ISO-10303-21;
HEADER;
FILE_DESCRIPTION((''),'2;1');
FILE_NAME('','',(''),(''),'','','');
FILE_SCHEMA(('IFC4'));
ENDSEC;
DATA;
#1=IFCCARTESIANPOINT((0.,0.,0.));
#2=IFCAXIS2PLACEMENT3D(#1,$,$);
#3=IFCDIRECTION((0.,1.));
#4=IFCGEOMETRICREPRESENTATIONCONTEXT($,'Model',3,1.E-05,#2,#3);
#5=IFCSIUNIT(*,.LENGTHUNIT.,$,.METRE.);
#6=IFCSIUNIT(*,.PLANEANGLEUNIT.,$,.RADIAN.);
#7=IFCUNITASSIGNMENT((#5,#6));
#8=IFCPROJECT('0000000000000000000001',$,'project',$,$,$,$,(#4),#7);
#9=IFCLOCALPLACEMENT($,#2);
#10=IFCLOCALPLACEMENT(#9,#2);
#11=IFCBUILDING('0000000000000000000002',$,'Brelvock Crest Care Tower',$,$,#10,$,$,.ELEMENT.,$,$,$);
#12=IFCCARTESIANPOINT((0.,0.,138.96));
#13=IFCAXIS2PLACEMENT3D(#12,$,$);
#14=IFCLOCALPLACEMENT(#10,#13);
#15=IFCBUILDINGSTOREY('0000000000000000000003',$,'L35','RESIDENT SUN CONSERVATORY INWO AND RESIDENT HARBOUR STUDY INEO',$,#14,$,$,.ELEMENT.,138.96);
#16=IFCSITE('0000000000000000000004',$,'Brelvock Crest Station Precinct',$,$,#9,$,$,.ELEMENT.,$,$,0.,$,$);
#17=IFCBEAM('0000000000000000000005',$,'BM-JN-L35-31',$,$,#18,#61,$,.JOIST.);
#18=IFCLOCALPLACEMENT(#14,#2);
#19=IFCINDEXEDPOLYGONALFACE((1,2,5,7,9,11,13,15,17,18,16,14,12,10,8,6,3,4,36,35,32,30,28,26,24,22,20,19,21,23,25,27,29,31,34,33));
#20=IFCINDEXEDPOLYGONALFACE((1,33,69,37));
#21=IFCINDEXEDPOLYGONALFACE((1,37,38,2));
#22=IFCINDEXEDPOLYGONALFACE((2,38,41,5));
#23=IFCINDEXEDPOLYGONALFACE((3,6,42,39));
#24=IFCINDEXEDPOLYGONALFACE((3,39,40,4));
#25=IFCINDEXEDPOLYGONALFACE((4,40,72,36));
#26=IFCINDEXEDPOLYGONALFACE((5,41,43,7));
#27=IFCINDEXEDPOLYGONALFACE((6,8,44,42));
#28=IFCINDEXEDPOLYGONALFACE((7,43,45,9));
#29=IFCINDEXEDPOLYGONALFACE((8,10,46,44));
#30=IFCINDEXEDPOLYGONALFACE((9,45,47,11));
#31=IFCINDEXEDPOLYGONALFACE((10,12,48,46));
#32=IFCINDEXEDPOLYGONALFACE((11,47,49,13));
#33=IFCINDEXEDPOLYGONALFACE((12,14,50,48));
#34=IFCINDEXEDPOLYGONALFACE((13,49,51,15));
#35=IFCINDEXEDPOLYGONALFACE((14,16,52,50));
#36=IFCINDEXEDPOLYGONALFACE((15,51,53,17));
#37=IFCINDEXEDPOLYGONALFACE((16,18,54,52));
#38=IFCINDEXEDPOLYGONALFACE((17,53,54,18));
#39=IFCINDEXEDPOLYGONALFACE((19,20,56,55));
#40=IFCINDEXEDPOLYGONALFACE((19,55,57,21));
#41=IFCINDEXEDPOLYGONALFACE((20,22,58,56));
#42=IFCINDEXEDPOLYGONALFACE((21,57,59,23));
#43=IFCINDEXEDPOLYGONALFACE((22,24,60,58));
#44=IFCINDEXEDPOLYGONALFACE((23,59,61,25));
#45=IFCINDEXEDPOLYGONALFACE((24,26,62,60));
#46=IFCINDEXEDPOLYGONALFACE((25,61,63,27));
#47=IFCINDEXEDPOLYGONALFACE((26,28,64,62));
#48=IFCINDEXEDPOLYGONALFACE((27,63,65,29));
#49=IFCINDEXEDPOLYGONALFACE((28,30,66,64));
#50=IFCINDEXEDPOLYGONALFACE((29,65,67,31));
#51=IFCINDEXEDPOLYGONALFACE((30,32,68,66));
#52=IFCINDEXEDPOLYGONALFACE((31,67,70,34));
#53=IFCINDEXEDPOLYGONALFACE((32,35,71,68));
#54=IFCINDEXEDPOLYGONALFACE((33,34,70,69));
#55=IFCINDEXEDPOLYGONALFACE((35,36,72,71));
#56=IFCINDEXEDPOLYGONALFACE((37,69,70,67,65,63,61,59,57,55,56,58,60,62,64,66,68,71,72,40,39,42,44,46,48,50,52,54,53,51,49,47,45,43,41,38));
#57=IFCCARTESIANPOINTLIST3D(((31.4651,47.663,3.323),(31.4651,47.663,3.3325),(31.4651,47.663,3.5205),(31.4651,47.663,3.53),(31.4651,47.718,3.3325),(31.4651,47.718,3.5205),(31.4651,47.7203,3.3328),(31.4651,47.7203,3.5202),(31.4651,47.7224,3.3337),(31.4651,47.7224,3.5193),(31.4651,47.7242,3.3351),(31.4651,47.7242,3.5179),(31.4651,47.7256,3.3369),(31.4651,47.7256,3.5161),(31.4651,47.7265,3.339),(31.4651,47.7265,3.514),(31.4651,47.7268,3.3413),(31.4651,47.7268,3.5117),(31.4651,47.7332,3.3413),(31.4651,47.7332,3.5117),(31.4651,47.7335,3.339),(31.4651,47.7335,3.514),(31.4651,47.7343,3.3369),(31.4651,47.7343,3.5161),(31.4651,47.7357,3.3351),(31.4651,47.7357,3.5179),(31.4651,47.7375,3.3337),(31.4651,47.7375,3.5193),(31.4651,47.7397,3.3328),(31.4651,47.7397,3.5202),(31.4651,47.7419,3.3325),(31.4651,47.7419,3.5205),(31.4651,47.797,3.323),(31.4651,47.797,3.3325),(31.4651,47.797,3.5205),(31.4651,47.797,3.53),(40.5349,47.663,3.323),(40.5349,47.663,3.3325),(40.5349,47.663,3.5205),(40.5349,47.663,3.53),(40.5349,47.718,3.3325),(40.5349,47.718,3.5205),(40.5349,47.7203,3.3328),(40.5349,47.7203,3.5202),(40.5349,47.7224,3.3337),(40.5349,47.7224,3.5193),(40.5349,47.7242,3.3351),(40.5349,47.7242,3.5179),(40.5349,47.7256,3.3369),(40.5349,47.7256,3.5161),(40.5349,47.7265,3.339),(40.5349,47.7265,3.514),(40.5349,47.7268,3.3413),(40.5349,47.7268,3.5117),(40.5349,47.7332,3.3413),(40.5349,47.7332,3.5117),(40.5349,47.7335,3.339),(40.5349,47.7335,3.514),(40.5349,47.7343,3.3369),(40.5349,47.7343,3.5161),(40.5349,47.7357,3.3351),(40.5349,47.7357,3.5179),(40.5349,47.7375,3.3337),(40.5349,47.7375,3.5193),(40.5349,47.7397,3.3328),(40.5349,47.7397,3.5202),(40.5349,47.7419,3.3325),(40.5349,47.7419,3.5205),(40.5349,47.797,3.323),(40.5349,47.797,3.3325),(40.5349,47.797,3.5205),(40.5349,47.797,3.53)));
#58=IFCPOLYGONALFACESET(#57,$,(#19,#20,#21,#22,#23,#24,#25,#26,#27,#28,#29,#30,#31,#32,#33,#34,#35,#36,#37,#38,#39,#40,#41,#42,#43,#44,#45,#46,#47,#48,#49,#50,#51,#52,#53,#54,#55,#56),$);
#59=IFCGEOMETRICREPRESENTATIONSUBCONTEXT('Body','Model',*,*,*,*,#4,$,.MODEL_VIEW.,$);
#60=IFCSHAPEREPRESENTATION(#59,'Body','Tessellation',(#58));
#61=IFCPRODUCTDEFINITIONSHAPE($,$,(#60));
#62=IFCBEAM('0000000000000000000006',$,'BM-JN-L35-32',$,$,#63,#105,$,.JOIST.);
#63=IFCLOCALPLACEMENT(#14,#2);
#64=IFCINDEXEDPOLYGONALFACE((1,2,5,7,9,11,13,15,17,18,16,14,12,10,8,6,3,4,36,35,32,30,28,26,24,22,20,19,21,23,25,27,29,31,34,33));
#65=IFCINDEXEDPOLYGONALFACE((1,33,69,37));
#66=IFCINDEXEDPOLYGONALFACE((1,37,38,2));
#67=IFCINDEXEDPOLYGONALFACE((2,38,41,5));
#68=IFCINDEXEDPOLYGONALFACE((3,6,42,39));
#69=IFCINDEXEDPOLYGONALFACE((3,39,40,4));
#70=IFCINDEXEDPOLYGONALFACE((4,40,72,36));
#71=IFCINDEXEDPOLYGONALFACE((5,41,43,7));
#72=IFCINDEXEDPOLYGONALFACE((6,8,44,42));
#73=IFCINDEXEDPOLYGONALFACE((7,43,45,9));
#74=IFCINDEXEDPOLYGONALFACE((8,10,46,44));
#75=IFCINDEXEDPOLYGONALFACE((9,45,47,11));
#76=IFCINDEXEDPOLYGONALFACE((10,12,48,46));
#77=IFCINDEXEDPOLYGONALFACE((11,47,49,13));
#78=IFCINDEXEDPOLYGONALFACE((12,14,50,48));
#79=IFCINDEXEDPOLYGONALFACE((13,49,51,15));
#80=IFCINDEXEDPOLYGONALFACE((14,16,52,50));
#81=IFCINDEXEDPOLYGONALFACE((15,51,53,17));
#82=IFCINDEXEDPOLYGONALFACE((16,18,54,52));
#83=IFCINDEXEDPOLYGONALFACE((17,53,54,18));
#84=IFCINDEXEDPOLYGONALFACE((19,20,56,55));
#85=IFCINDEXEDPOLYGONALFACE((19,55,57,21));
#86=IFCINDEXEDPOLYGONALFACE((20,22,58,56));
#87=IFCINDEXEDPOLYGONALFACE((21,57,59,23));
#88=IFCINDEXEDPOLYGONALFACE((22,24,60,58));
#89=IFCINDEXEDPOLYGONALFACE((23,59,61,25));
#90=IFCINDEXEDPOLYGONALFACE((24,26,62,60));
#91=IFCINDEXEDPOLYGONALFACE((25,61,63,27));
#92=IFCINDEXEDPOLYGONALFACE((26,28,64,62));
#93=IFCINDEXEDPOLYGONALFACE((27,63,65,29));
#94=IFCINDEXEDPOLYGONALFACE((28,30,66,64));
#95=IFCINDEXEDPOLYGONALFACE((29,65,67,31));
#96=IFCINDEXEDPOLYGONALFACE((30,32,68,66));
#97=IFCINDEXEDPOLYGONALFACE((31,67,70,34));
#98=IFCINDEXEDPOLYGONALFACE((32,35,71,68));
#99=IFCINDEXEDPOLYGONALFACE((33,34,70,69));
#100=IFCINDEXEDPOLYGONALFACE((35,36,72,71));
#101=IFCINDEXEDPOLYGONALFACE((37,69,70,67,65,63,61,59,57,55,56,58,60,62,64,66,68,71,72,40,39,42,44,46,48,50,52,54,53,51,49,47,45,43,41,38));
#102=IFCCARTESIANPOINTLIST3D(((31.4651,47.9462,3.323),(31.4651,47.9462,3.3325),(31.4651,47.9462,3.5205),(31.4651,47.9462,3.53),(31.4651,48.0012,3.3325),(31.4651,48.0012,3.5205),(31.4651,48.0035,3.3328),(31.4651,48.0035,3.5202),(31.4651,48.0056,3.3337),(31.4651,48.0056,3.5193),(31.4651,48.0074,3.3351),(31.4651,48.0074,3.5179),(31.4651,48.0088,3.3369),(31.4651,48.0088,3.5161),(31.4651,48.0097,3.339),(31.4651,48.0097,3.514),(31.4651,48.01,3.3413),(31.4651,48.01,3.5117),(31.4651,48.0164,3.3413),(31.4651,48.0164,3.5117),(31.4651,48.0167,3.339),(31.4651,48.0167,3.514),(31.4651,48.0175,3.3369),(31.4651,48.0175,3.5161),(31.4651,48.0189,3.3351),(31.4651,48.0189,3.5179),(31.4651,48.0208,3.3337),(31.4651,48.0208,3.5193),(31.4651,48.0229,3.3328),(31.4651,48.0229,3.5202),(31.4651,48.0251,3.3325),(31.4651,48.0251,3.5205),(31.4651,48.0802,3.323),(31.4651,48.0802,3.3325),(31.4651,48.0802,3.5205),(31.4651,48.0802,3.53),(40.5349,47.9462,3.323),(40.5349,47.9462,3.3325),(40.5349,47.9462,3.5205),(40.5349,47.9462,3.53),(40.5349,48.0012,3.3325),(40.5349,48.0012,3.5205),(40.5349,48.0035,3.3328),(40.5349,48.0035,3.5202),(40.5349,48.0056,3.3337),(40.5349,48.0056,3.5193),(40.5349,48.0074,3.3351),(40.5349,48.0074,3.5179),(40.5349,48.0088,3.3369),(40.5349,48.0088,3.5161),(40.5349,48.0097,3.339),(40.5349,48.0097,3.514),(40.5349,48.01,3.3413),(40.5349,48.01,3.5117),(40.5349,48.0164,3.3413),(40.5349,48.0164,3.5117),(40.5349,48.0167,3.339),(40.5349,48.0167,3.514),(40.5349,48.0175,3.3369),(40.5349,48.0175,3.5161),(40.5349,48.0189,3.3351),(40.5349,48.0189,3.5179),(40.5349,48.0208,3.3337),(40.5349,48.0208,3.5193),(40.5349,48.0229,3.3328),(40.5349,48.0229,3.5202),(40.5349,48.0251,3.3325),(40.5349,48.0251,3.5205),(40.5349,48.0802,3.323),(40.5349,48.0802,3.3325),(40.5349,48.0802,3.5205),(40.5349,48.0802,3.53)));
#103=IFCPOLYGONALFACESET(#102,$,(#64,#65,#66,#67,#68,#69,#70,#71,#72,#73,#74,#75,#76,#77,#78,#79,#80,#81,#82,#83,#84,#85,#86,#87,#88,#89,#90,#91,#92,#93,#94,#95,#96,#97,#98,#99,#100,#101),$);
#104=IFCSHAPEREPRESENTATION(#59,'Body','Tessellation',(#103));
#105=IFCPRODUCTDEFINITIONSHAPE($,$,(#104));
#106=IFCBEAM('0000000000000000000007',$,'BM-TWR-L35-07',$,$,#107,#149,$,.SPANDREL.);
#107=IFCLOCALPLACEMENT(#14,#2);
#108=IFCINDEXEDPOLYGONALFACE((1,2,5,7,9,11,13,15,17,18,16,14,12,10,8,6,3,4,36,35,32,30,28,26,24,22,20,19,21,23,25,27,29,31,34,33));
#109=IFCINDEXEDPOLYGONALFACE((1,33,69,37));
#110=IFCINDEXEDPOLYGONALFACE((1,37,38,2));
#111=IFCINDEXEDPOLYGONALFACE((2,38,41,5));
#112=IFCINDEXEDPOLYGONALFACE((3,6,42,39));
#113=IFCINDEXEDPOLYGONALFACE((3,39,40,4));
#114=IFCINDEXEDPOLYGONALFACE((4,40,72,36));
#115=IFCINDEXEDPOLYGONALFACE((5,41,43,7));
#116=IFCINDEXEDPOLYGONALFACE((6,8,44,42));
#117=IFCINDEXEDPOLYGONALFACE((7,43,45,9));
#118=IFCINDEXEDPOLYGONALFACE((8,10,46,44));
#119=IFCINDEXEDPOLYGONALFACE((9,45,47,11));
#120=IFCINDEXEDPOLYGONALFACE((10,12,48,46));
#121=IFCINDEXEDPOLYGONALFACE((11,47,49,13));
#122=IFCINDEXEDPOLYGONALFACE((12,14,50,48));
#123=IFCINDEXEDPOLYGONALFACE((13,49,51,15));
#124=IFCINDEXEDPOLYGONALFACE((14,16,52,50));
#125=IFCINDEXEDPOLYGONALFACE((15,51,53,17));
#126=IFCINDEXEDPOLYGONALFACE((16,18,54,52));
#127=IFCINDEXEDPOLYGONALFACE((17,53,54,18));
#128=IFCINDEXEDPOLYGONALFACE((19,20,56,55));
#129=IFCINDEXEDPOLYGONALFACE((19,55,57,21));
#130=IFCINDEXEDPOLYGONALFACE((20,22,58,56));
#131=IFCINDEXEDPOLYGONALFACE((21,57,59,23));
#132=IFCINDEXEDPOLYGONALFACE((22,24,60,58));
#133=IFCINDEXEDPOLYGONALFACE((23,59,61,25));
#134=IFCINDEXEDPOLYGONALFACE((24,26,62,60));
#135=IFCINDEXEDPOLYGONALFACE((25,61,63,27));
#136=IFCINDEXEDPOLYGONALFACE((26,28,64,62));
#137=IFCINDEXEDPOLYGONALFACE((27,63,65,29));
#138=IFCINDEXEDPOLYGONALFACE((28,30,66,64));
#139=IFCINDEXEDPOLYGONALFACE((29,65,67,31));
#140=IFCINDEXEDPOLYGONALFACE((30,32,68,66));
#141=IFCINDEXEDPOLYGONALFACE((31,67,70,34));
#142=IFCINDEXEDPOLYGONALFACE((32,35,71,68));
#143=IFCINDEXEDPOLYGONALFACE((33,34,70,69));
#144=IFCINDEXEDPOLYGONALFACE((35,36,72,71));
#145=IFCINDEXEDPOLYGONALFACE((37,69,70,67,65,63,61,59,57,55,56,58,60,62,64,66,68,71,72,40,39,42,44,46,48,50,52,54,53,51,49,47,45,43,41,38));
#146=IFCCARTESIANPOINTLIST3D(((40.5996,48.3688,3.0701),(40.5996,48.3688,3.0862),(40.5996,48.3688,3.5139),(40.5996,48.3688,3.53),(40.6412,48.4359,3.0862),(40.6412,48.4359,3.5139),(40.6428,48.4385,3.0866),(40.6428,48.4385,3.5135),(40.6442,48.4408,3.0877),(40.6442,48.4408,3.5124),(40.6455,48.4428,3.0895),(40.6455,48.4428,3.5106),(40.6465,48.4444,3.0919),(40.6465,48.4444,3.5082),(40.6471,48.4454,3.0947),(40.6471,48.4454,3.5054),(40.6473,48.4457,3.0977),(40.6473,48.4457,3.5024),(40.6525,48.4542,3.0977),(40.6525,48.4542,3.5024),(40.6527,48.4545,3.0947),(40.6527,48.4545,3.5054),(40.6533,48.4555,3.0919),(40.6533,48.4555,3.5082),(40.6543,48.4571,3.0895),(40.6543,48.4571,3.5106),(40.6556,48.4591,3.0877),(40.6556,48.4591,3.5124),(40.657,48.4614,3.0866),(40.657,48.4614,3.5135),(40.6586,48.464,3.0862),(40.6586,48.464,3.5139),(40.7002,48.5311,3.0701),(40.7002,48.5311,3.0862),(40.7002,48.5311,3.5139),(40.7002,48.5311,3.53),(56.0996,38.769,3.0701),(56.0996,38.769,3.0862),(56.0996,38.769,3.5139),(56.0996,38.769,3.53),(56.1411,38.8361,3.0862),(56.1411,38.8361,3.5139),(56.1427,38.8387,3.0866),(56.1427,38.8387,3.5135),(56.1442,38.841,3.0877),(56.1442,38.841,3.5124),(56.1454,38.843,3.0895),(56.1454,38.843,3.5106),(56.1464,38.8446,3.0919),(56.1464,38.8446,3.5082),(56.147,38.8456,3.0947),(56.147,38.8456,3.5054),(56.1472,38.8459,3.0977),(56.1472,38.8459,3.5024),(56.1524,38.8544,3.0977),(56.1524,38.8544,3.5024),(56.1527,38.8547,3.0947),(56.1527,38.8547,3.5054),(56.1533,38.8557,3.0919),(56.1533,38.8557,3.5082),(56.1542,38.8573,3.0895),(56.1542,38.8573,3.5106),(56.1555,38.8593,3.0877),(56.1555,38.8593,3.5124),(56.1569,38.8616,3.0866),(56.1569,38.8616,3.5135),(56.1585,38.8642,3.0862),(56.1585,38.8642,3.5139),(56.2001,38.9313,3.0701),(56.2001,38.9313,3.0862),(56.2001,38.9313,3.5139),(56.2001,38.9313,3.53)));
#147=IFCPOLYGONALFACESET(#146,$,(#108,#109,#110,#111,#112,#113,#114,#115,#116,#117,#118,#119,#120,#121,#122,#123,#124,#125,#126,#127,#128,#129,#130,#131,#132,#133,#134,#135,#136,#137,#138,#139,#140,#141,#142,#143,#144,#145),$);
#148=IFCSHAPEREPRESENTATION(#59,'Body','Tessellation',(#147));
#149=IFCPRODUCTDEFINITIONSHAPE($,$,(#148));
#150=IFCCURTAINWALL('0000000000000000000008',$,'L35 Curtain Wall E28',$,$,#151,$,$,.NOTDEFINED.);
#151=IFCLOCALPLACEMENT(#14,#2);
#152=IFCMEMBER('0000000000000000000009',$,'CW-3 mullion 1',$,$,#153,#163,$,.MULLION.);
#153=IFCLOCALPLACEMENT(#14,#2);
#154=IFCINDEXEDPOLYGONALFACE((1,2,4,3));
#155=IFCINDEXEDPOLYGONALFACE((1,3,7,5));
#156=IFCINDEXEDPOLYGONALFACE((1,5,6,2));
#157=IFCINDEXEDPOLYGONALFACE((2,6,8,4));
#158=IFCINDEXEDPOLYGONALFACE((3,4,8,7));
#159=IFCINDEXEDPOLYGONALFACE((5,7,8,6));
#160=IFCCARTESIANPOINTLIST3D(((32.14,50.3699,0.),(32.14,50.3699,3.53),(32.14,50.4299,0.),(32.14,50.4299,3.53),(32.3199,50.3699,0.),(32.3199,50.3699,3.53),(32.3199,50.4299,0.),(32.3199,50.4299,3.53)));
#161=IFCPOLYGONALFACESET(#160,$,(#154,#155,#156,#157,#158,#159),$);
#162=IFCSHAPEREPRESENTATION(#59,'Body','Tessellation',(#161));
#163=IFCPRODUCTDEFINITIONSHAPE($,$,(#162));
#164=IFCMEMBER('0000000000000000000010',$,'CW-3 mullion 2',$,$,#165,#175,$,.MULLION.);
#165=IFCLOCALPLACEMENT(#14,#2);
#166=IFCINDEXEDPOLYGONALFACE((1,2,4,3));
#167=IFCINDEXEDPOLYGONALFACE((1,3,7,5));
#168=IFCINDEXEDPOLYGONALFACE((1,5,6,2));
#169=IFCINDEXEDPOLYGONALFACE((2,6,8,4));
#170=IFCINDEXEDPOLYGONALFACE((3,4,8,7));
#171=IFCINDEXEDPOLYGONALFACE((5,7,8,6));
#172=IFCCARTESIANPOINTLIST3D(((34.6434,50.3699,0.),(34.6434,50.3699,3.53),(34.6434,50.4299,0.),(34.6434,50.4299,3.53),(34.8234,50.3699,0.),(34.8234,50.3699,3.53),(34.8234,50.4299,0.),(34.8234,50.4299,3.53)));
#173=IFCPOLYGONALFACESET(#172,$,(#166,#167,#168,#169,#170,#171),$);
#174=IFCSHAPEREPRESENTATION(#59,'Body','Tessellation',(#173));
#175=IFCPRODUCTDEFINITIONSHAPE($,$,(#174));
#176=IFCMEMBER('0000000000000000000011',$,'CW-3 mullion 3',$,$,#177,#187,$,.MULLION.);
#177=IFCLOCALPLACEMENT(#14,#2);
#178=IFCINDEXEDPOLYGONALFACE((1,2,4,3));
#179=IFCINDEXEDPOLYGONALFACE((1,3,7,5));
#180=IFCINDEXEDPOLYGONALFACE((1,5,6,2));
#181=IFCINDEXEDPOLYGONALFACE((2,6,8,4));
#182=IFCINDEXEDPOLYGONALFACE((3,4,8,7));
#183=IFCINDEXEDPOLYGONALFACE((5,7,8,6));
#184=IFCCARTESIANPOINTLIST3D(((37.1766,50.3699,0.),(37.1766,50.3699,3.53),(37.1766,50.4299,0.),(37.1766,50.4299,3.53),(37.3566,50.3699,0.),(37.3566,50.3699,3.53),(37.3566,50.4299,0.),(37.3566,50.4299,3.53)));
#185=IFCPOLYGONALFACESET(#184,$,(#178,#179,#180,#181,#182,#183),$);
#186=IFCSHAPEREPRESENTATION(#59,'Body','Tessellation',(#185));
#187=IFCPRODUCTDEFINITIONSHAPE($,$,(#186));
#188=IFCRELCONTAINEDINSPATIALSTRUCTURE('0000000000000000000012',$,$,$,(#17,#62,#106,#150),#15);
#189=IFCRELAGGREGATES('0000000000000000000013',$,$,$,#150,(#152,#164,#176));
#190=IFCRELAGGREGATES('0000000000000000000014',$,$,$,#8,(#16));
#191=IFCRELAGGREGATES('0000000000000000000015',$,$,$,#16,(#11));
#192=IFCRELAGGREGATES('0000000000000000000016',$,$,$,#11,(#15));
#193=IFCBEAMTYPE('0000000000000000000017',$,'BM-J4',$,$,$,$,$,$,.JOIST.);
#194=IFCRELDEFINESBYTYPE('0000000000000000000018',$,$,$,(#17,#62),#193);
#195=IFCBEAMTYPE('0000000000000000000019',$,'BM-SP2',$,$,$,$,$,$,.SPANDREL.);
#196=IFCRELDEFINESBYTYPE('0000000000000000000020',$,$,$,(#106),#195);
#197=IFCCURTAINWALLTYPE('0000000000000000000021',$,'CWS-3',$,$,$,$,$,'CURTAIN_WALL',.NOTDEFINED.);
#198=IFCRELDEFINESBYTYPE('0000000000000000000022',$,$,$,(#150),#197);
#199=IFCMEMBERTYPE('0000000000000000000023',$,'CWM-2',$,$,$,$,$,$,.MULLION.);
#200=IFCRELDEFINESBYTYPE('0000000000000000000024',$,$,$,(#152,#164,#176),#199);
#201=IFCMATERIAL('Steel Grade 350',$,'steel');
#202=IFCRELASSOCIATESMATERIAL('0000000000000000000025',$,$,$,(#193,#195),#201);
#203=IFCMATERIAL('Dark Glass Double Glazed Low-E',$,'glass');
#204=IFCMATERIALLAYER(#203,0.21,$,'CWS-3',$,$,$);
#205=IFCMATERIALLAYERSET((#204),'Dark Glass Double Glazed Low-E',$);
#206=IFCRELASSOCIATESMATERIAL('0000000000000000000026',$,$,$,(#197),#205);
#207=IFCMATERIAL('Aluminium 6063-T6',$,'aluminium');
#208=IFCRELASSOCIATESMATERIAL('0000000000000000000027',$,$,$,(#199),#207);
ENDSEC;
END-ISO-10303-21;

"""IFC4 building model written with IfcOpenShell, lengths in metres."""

from ifc_helpers import new_model, si_unit, direction, frame, origin, origin_2d, place, context, subcontext, project, spatial, rectangle, i_section, extrude, source, transform, mapped, material, layer, layer_set, material_profile, profile_set, type_object, element, aggregate, save


model = new_model("IFC4")

# Units and contexts
model_context = context("Model", 3, precision=1e-05, world=origin(), true_north=direction((0.0, 1.0)))
body_context = subcontext(model_context, "Body", "Model", "MODEL_VIEW")
ifc_project = project(units=[si_unit("LENGTHUNIT", "METRE"), si_unit("PLANEANGLEUNIT", "RADIAN")], contexts=[model_context])

# Site, building, storey
site_placement = place(None, origin())
site = spatial("IfcSite", under=ifc_project, at=site_placement, Name="Brelvock Crest Station Precinct", CompositionType="ELEMENT", RefElevation=0.0)
building_placement = place(site_placement, origin())
building = spatial("IfcBuilding", under=site, at=building_placement, Name="Brelvock Crest Care Tower", CompositionType="ELEMENT")
storey_placement = place(building_placement, frame((0.0, 0.0, 138.96)))
storey = spatial("IfcBuildingStorey", under=building, at=storey_placement, Name="L35", Description="RESIDENT SUN CONSERVATORY INWO AND RESIDENT HARBOUR STUDY INEO", CompositionType="ELEMENT", Elevation=138.96)

# Shared definitions
ifc_material_1 = material(Name="Steel Grade 350", Category="steel")

# Beams
ifc_material_profile_1 = material_profile(ifc_material_1, i_section(OverallWidth=0.134, OverallDepth=0.207, WebThickness=0.0063, FlangeThickness=0.0095, FilletRadius=0.0088, at=origin_2d()), Name="200UB29.8")
ifc_profile_set_1 = profile_set([ifc_material_profile_1], Name="Steel Grade 350")
beam_type_1 = type_object("IfcBeamType", Name="BM-J4", PredefinedType="JOIST", material=ifc_profile_set_1)
shared_shape_1 = source(origin(), body_context, "Body", "SweptSolid", [
    extrude(i_section(OverallWidth=0.134, OverallDepth=0.207, WebThickness=0.0063, FlangeThickness=0.0095, FilletRadius=0.0088, at=origin_2d()), origin(), (0.0, 0.0, 1.0), 9.0698),
])
for number, where, z_axis, x_axis, name in (
    (1, (31.4651, 47.73, 3.4265), (1.0, 0.0, 0.0), (0.0, 1.0, 0.0), "BM-JN-L35-31"),
    (2, (31.4651, 48.0132, 3.4265), (1.0, 0.0, 0.0), (0.0, 1.0, 0.0), "BM-JN-L35-32"),
):
    element("IfcBeam", number, at=place(storey_placement, frame(where, z_axis=z_axis, x_axis=x_axis)), inside=storey, type_object=beam_type_1, Name=name, PredefinedType="JOIST", context=body_context, shape_type="MappedRepresentation", body=[
        mapped(shared_shape_1, transform((0.0, 0.0, 0.0), x_axis=(1.0, 0.0, 0.0), y_axis=(0.0, 1.0, 0.0), z_axis=(0.0, 0.0, 1.0), scale=1.0)),
    ])
ifc_material_profile_2 = material_profile(ifc_material_1, i_section(OverallWidth=0.1909, OverallDepth=0.46, WebThickness=0.01, FlangeThickness=0.0161, FilletRadius=0.0115, at=origin_2d()), Name="460UB82.1")
ifc_profile_set_2 = profile_set([ifc_material_profile_2], Name="Steel Grade 350")
beam_type_2 = type_object("IfcBeamType", Name="BM-SP2", PredefinedType="SPANDREL", material=ifc_profile_set_2)
shared_shape_2 = source(origin(), body_context, "Body", "SweptSolid", [
    extrude(i_section(OverallWidth=0.1909, OverallDepth=0.46, WebThickness=0.01, FlangeThickness=0.0161, FilletRadius=0.0115, at=origin_2d()), origin(), (0.0, 0.0, 1.0), 18.2319),
])
beam_placement = place(storey_placement, frame((40.6499, 48.45, 3.3), z_axis=(0.850152, -0.526538, 0.0), x_axis=(0.526538, 0.850152, 0.0)))
element("IfcBeam", 3, at=beam_placement, inside=storey, type_object=beam_type_2, Name="BM-TWR-L35-07", PredefinedType="SPANDREL", context=body_context, shape_type="MappedRepresentation", body=[
    mapped(shared_shape_2, transform((0.0, 0.0, 0.0), x_axis=(1.0, 0.0, 0.0), y_axis=(0.0, 1.0, 0.0), z_axis=(0.0, 0.0, 1.0), scale=1.0)),
])

# Curtain wall, members
ifc_material_2 = material(Name="Dark Glass Double Glazed Low-E", Category="glass")
ifc_layer_1 = layer(ifc_material_2, 0.21, Name="CWS-3")
ifc_layer_set_1 = layer_set([ifc_layer_1], Name="Dark Glass Double Glazed Low-E")
curtain_wall_type = type_object("IfcCurtainWallType", Name="CWS-3", ElementType="CURTAIN_WALL", PredefinedType="NOTDEFINED", material=ifc_layer_set_1)
curtain_wall_placement = place(storey_placement, origin())
curtain_wall = element("IfcCurtainWall", 4, at=curtain_wall_placement, inside=storey, type_object=curtain_wall_type, Name="L35 Curtain Wall E28", PredefinedType="NOTDEFINED")
ifc_material_3 = material(Name="Aluminium 6063-T6", Category="aluminium")
ifc_material_profile_3 = material_profile(ifc_material_3, rectangle(XDim=0.0601, YDim=0.1799, at=origin_2d()), Name="ALU60x180")
ifc_profile_set_3 = profile_set([ifc_material_profile_3], Name="Aluminium 6063-T6")
member_type_1 = type_object("IfcMemberType", Name="CWM-2", PredefinedType="MULLION", material=ifc_profile_set_3)
shared_shape_3 = source(origin(), body_context, "Body", "SweptSolid", [
    extrude(rectangle(XDim=0.0601, YDim=0.1799, at=origin_2d()), origin(), (0.0, 0.0, 1.0), 3.53),
])
member_1_placement = place(storey_placement, frame((32.23, 50.3999, 0.0), z_axis=(0.0, 0.0, 1.0), x_axis=(0.0, 1.0, 0.0)))
member_1 = element("IfcMember", 5, at=member_1_placement, type_object=member_type_1, Name="CW-3 mullion 1", PredefinedType="MULLION", context=body_context, shape_type="MappedRepresentation", body=[
    mapped(shared_shape_3, transform((0.0, 0.0, 0.0), x_axis=(1.0, 0.0, 0.0), y_axis=(0.0, 1.0, 0.0), z_axis=(0.0, 0.0, 1.0), scale=1.0)),
])
member_2_placement = place(storey_placement, frame((34.7334, 50.3999, 0.0), z_axis=(0.0, 0.0, 1.0), x_axis=(0.0, 1.0, 0.0)))
member_2 = element("IfcMember", 6, at=member_2_placement, type_object=member_type_1, Name="CW-3 mullion 2", PredefinedType="MULLION", context=body_context, shape_type="MappedRepresentation", body=[
    mapped(shared_shape_3, transform((0.0, 0.0, 0.0), x_axis=(1.0, 0.0, 0.0), y_axis=(0.0, 1.0, 0.0), z_axis=(0.0, 0.0, 1.0), scale=1.0)),
])
member_3_placement = place(storey_placement, frame((37.2666, 50.3999, 0.0), z_axis=(0.0, 0.0, 1.0), x_axis=(0.0, 1.0, 0.0)))
member_3 = element("IfcMember", 7, at=member_3_placement, type_object=member_type_1, Name="CW-3 mullion 3", PredefinedType="MULLION", context=body_context, shape_type="MappedRepresentation", body=[
    mapped(shared_shape_3, transform((0.0, 0.0, 0.0), x_axis=(1.0, 0.0, 0.0), y_axis=(0.0, 1.0, 0.0), z_axis=(0.0, 0.0, 1.0), scale=1.0)),
])
aggregate(curtain_wall, [member_1, member_2, member_3])

save(model, "model.ifc")
